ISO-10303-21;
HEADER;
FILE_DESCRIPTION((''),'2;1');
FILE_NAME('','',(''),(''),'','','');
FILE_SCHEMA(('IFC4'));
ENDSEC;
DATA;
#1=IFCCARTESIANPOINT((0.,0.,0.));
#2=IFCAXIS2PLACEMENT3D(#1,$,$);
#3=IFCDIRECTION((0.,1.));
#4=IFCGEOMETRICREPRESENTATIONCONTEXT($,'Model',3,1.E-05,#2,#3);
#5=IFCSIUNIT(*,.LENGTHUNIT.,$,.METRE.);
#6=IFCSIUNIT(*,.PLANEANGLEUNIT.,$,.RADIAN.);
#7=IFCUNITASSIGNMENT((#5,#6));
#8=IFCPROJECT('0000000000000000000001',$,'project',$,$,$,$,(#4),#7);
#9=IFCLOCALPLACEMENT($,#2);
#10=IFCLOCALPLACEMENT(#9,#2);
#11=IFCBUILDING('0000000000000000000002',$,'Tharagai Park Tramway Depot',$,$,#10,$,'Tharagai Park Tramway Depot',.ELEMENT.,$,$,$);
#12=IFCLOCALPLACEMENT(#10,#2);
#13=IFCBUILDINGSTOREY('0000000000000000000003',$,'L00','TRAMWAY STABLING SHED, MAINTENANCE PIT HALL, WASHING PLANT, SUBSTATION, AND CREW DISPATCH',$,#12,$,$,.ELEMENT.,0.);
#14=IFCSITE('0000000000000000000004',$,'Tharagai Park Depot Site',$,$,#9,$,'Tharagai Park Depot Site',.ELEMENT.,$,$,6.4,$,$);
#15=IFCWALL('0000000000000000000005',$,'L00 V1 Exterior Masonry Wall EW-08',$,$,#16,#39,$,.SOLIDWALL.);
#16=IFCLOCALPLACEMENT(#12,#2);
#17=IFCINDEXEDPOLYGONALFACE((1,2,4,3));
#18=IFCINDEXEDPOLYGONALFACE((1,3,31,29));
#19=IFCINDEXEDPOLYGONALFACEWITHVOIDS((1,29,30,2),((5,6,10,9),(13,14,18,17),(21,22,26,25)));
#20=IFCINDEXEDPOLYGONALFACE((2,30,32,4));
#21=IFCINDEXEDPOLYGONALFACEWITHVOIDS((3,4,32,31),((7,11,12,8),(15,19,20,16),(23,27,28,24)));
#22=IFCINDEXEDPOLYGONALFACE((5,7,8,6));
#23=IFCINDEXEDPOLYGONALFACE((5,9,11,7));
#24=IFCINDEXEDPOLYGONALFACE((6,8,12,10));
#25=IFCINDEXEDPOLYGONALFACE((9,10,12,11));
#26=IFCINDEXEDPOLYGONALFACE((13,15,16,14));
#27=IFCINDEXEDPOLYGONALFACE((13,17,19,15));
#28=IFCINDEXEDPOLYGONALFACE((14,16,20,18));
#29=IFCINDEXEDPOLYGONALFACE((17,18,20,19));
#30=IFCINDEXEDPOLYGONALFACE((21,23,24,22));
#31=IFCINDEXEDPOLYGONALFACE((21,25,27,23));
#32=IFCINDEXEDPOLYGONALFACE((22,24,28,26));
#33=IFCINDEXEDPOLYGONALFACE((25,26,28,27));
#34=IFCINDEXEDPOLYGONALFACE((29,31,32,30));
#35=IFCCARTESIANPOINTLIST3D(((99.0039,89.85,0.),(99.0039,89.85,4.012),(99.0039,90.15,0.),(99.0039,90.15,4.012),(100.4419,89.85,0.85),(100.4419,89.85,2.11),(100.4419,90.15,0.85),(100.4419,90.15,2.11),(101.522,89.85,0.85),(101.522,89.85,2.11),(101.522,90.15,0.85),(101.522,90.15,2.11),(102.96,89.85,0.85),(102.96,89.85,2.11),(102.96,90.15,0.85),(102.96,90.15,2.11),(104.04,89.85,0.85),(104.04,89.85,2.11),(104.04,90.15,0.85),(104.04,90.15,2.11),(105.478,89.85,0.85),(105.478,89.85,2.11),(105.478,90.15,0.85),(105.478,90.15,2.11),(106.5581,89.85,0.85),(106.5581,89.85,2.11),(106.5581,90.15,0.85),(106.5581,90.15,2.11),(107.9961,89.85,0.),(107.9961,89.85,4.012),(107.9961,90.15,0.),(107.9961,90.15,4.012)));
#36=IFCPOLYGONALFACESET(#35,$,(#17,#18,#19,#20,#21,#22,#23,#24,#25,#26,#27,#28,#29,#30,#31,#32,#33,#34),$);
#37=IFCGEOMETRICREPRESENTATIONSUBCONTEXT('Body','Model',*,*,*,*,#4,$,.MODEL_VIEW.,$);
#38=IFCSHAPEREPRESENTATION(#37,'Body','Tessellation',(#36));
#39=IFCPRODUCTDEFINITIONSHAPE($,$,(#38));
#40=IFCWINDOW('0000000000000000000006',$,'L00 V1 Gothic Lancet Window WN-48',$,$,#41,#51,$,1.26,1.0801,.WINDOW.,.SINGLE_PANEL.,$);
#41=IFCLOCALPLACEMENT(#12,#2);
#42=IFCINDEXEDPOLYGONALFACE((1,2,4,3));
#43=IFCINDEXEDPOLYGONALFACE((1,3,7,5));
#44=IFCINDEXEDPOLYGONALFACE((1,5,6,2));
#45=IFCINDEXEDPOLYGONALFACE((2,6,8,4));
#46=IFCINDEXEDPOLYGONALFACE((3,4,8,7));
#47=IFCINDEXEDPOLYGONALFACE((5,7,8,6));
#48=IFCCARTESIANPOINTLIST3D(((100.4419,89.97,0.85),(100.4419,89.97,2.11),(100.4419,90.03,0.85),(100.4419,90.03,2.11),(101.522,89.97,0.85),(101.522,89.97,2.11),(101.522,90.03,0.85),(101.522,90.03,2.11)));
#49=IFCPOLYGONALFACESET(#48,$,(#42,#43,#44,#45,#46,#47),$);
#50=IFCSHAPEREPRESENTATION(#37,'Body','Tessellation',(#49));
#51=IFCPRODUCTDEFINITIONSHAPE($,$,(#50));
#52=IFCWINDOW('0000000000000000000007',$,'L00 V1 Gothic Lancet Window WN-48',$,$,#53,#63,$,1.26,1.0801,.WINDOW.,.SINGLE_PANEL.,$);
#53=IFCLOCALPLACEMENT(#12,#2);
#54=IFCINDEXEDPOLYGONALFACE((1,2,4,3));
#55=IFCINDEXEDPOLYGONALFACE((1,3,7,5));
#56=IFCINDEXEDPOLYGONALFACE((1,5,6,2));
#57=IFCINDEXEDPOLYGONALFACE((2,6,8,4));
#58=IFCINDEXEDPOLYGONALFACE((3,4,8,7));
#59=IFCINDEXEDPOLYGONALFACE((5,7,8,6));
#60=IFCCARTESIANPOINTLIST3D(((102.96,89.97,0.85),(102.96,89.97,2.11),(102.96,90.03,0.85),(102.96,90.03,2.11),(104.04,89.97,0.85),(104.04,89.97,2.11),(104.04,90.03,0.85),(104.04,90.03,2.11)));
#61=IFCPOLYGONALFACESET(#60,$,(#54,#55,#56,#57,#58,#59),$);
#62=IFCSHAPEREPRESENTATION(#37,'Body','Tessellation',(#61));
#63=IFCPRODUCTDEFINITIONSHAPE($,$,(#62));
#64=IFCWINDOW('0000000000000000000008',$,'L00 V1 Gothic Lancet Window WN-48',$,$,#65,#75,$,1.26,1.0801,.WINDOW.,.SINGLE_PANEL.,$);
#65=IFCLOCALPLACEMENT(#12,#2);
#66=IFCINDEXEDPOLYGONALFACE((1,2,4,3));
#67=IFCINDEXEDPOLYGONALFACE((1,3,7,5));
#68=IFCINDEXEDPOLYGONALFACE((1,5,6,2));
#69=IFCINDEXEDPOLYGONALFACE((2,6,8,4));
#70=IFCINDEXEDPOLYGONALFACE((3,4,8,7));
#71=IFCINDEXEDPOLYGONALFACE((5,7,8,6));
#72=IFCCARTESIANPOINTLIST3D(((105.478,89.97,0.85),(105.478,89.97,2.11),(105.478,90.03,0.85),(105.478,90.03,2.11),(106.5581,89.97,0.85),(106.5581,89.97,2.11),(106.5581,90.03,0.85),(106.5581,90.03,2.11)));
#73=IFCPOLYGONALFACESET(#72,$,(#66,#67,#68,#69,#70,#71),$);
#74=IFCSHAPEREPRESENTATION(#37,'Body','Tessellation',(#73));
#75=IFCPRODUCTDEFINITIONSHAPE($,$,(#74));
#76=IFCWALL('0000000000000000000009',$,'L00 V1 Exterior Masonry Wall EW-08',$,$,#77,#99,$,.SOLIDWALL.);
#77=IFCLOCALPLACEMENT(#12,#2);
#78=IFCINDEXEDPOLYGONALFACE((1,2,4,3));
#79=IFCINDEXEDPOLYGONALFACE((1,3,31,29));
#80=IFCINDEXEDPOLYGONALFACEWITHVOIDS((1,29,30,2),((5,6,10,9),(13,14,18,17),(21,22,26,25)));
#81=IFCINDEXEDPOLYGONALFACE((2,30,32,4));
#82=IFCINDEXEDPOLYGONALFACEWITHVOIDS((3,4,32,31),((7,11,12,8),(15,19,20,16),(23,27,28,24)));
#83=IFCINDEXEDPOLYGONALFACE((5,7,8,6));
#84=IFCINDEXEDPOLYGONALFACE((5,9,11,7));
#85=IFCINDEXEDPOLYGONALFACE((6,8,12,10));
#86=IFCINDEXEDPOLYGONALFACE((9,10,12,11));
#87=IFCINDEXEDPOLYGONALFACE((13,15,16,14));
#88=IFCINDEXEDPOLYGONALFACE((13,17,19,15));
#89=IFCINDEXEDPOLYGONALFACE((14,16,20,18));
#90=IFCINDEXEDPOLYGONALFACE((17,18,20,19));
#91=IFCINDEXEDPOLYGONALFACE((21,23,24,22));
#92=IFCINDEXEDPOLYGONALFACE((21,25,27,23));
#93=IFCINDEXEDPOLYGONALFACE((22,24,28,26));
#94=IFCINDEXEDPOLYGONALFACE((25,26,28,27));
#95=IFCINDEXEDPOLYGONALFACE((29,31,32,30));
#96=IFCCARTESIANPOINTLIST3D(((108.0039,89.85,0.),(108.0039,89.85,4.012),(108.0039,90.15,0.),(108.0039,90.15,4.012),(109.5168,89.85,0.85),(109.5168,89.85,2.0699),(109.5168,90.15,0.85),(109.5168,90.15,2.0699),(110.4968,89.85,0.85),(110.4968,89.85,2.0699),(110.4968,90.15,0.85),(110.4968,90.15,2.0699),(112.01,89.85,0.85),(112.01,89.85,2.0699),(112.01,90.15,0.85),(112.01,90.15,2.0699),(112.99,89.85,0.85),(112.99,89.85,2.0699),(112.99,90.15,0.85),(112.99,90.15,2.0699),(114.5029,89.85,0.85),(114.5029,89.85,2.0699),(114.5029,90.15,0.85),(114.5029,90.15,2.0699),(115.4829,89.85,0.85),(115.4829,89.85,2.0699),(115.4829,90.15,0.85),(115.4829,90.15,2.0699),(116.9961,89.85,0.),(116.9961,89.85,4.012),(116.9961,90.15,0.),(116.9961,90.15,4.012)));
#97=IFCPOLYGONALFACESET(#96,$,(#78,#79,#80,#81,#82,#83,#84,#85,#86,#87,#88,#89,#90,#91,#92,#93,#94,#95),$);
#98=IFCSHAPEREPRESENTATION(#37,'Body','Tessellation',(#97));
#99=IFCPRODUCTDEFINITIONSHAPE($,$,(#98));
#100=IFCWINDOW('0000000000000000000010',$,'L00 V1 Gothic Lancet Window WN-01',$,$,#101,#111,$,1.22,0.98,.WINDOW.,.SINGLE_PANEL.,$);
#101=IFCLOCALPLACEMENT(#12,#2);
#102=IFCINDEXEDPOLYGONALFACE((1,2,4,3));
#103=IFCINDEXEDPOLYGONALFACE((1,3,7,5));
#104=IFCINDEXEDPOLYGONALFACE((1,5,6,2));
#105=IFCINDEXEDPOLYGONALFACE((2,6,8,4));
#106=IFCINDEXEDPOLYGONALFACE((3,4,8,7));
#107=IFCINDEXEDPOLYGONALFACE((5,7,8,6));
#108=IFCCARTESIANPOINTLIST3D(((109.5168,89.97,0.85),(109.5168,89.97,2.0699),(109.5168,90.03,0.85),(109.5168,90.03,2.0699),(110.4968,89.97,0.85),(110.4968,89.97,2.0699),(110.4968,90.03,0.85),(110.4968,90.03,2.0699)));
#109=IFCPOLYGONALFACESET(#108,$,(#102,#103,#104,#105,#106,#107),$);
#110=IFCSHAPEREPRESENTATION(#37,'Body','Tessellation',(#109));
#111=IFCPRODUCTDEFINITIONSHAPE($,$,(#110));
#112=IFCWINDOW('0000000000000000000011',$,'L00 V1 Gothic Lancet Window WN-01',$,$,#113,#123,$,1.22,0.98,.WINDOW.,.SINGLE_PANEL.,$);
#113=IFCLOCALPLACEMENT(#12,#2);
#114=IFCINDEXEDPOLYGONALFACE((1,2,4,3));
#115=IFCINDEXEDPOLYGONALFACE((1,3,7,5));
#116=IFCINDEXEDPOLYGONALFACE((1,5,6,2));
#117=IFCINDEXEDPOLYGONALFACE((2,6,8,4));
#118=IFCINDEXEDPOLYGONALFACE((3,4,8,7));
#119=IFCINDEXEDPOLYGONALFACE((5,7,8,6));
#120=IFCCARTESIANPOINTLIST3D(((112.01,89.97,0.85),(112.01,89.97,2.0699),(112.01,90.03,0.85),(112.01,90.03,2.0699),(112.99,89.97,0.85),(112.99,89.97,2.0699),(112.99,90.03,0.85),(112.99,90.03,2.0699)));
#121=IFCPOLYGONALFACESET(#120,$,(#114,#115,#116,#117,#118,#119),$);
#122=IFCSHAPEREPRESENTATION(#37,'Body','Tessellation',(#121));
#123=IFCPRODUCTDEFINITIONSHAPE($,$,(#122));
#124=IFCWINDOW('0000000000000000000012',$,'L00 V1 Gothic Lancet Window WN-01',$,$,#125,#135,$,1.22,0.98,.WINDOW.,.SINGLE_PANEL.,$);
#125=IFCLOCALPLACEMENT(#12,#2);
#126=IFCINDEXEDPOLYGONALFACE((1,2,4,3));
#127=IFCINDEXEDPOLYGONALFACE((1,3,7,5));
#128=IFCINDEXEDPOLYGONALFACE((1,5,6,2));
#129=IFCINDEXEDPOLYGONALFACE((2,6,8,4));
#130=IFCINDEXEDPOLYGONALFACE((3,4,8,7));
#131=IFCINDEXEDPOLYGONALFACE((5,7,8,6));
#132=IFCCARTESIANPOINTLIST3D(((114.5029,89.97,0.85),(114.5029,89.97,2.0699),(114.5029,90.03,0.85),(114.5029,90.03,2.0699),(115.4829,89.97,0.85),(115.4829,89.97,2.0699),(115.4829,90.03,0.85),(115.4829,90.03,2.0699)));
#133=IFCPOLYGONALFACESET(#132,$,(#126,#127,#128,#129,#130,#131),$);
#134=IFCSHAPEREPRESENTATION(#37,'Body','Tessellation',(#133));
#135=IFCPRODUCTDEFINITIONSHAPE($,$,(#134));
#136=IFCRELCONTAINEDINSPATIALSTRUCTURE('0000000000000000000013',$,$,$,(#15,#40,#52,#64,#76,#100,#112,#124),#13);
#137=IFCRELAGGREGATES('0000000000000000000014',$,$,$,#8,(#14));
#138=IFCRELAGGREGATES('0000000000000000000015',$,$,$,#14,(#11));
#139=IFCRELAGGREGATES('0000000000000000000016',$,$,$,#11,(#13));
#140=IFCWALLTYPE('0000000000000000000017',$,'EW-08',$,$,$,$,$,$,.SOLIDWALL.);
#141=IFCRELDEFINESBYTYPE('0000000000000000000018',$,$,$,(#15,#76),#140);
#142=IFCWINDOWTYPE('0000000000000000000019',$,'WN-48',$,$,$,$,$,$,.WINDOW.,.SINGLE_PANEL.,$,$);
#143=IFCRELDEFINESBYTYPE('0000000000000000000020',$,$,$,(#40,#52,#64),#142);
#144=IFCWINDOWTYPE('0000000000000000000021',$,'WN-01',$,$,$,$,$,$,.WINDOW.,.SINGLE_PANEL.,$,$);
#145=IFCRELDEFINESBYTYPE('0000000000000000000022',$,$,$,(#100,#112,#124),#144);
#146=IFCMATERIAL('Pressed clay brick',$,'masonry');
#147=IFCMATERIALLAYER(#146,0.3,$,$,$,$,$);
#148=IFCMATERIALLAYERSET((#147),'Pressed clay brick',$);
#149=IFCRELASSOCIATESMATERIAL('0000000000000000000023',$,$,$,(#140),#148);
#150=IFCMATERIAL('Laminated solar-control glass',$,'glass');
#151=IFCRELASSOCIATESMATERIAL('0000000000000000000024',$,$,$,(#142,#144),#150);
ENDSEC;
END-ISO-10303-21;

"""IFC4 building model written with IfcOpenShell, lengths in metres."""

from ifc_helpers import new_model, si_unit, direction, frame, frame_2d, origin, place, context, subcontext, project, spatial, rectangle, extrude, material, layer, layer_set, type_object, element, fill, save


model = new_model("IFC4")

# Units and contexts
model_context = context("Model", 3, precision=1e-05, world=origin(), true_north=direction((0.0, 1.0)))
body_context = subcontext(model_context, "Body", "Model", "MODEL_VIEW")
ifc_project = project(units=[si_unit("LENGTHUNIT", "METRE"), si_unit("PLANEANGLEUNIT", "RADIAN")], contexts=[model_context])

# Site, building, storey
site_placement = place(None, origin())
site = spatial("IfcSite", under=ifc_project, at=site_placement, Name="Tharagai Park Depot Site", LongName="Tharagai Park Depot Site", CompositionType="ELEMENT", RefElevation=6.4)
building_placement = place(site_placement, origin())
building = spatial("IfcBuilding", under=site, at=building_placement, Name="Tharagai Park Tramway Depot", LongName="Tharagai Park Tramway Depot", CompositionType="ELEMENT")
storey_placement = place(building_placement, origin())
storey = spatial("IfcBuildingStorey", under=building, at=storey_placement, Name="L00", Description="TRAMWAY STABLING SHED, MAINTENANCE PIT HALL, WASHING PLANT, SUBSTATION, AND CREW DISPATCH", CompositionType="ELEMENT", Elevation=0.0)

# Walls, openings, windows
ifc_material_1 = material(Name="Pressed clay brick", Category="masonry")
ifc_layer = layer(ifc_material_1, 0.3)
ifc_layer_set = layer_set([ifc_layer], Name="Pressed clay brick")
wall_type = type_object("IfcWallType", Name="EW-08", PredefinedType="SOLIDWALL", material=ifc_layer_set)
wall_1_placement = place(storey_placement, frame((99.0039, 90.0, 0.0), z_axis=(0.0, 0.0, 1.0), x_axis=(1.0, 0.0, 0.0)))
wall_1 = element("IfcWall", 1, at=wall_1_placement, inside=storey, type_object=wall_type, Name="L00 V1 Exterior Masonry Wall EW-08", PredefinedType="SOLIDWALL", context=body_context, shape_type="SweptSolid", body=[
    extrude(rectangle(XDim=8.9922, YDim=0.3, at=frame_2d((4.4961, 0.0))), origin(), (0.0, 0.0, 1.0), 4.012),
])
opening_1_placement = place(wall_1_placement, frame((1.438, 0.0, 0.8501)))
opening_1 = element("IfcOpeningElement", 2, at=opening_1_placement, cuts=wall_1, PredefinedType="OPENING", context=body_context, shape_type="SweptSolid", body=[
    extrude(rectangle(XDim=1.0801, YDim=1.26, at=frame_2d((0.54, 0.6299))), frame((0.0, 0.1599, 0.0), z_axis=(0.0, -1.0, 0.0), x_axis=(1.0, 0.0, 0.0)), (0.0, 0.0, 1.0), 0.3201),
])
opening_2_placement = place(wall_1_placement, frame((3.9561, 0.0, 0.8501)))
opening_2 = element("IfcOpeningElement", 3, at=opening_2_placement, cuts=wall_1, PredefinedType="OPENING", context=body_context, shape_type="SweptSolid", body=[
    extrude(rectangle(XDim=1.0801, YDim=1.26, at=frame_2d((0.54, 0.6299))), frame((0.0, 0.1599, 0.0), z_axis=(0.0, -1.0, 0.0), x_axis=(1.0, 0.0, 0.0)), (0.0, 0.0, 1.0), 0.3201),
])
opening_3_placement = place(wall_1_placement, frame((6.4741, 0.0, 0.8501)))
opening_3 = element("IfcOpeningElement", 4, at=opening_3_placement, cuts=wall_1, PredefinedType="OPENING", context=body_context, shape_type="SweptSolid", body=[
    extrude(rectangle(XDim=1.0801, YDim=1.26, at=frame_2d((0.54, 0.6299))), frame((0.0, 0.1599, 0.0), z_axis=(0.0, -1.0, 0.0), x_axis=(1.0, 0.0, 0.0)), (0.0, 0.0, 1.0), 0.3201),
])
ifc_material_2 = material(Name="Laminated solar-control glass", Category="glass")
window_type_1 = type_object("IfcWindowType", Name="WN-48", PartitioningType="SINGLE_PANEL", PredefinedType="WINDOW", material=ifc_material_2)
window_1_placement = place(opening_1_placement, origin())
window_1 = element("IfcWindow", 5, at=window_1_placement, inside=storey, type_object=window_type_1, Name="L00 V1 Gothic Lancet Window WN-48", OverallHeight=1.26, OverallWidth=1.0801, PartitioningType="SINGLE_PANEL", PredefinedType="WINDOW", context=body_context, shape_type="SweptSolid", body=[
    extrude(rectangle(XDim=1.0801, YDim=1.26, at=frame_2d((0.54, 0.6299))), frame((0.0, 0.03, 0.0), z_axis=(0.0, -1.0, 0.0), x_axis=(1.0, 0.0, 0.0)), (0.0, 0.0, 1.0), 0.0601),
])
fill(opening_1, window_1)
window_2_placement = place(opening_2_placement, origin())
window_2 = element("IfcWindow", 6, at=window_2_placement, inside=storey, type_object=window_type_1, Name="L00 V1 Gothic Lancet Window WN-48", OverallHeight=1.26, OverallWidth=1.0801, PartitioningType="SINGLE_PANEL", PredefinedType="WINDOW", context=body_context, shape_type="SweptSolid", body=[
    extrude(rectangle(XDim=1.0801, YDim=1.26, at=frame_2d((0.54, 0.6299))), frame((0.0, 0.03, 0.0), z_axis=(0.0, -1.0, 0.0), x_axis=(1.0, 0.0, 0.0)), (0.0, 0.0, 1.0), 0.0601),
])
fill(opening_2, window_2)
window_3_placement = place(opening_3_placement, origin())
window_3 = element("IfcWindow", 7, at=window_3_placement, inside=storey, type_object=window_type_1, Name="L00 V1 Gothic Lancet Window WN-48", OverallHeight=1.26, OverallWidth=1.0801, PartitioningType="SINGLE_PANEL", PredefinedType="WINDOW", context=body_context, shape_type="SweptSolid", body=[
    extrude(rectangle(XDim=1.0801, YDim=1.26, at=frame_2d((0.54, 0.6299))), frame((0.0, 0.03, 0.0), z_axis=(0.0, -1.0, 0.0), x_axis=(1.0, 0.0, 0.0)), (0.0, 0.0, 1.0), 0.0601),
])
fill(opening_3, window_3)
wall_2_placement = place(storey_placement, frame((108.0039, 90.0, 0.0), z_axis=(0.0, 0.0, 1.0), x_axis=(1.0, 0.0, 0.0)))
wall_2 = element("IfcWall", 8, at=wall_2_placement, inside=storey, type_object=wall_type, Name="L00 V1 Exterior Masonry Wall EW-08", PredefinedType="SOLIDWALL", context=body_context, shape_type="SweptSolid", body=[
    extrude(rectangle(XDim=8.9922, YDim=0.3, at=frame_2d((4.4961, 0.0))), origin(), (0.0, 0.0, 1.0), 4.012),
])
opening_4_placement = place(wall_2_placement, frame((1.5129, 0.0, 0.8501)))
opening_4 = element("IfcOpeningElement", 9, at=opening_4_placement, cuts=wall_2, PredefinedType="OPENING", context=body_context, shape_type="SweptSolid", body=[
    extrude(rectangle(XDim=0.98, YDim=1.22, at=frame_2d((0.49, 0.6099))), frame((0.0, 0.1599, 0.0), z_axis=(0.0, -1.0, 0.0), x_axis=(1.0, 0.0, 0.0)), (0.0, 0.0, 1.0), 0.3201),
])
opening_5_placement = place(wall_2_placement, frame((4.0061, 0.0, 0.8501)))
opening_5 = element("IfcOpeningElement", 10, at=opening_5_placement, cuts=wall_2, PredefinedType="OPENING", context=body_context, shape_type="SweptSolid", body=[
    extrude(rectangle(XDim=0.98, YDim=1.22, at=frame_2d((0.49, 0.6099))), frame((0.0, 0.1599, 0.0), z_axis=(0.0, -1.0, 0.0), x_axis=(1.0, 0.0, 0.0)), (0.0, 0.0, 1.0), 0.3201),
])
opening_6_placement = place(wall_2_placement, frame((6.499, 0.0, 0.8501)))
opening_6 = element("IfcOpeningElement", 11, at=opening_6_placement, cuts=wall_2, PredefinedType="OPENING", context=body_context, shape_type="SweptSolid", body=[
    extrude(rectangle(XDim=0.98, YDim=1.22, at=frame_2d((0.49, 0.6099))), frame((0.0, 0.1599, 0.0), z_axis=(0.0, -1.0, 0.0), x_axis=(1.0, 0.0, 0.0)), (0.0, 0.0, 1.0), 0.3201),
])
window_type_2 = type_object("IfcWindowType", Name="WN-01", PartitioningType="SINGLE_PANEL", PredefinedType="WINDOW", material=ifc_material_2)
window_4_placement = place(opening_4_placement, origin())
window_4 = element("IfcWindow", 12, at=window_4_placement, inside=storey, type_object=window_type_2, Name="L00 V1 Gothic Lancet Window WN-01", OverallHeight=1.22, OverallWidth=0.98, PartitioningType="SINGLE_PANEL", PredefinedType="WINDOW", context=body_context, shape_type="SweptSolid", body=[
    extrude(rectangle(XDim=0.98, YDim=1.22, at=frame_2d((0.49, 0.6099))), frame((0.0, 0.03, 0.0), z_axis=(0.0, -1.0, 0.0), x_axis=(1.0, 0.0, 0.0)), (0.0, 0.0, 1.0), 0.0601),
])
fill(opening_4, window_4)
window_5_placement = place(opening_5_placement, origin())
window_5 = element("IfcWindow", 13, at=window_5_placement, inside=storey, type_object=window_type_2, Name="L00 V1 Gothic Lancet Window WN-01", OverallHeight=1.22, OverallWidth=0.98, PartitioningType="SINGLE_PANEL", PredefinedType="WINDOW", context=body_context, shape_type="SweptSolid", body=[
    extrude(rectangle(XDim=0.98, YDim=1.22, at=frame_2d((0.49, 0.6099))), frame((0.0, 0.03, 0.0), z_axis=(0.0, -1.0, 0.0), x_axis=(1.0, 0.0, 0.0)), (0.0, 0.0, 1.0), 0.0601),
])
fill(opening_5, window_5)
window_6_placement = place(opening_6_placement, origin())
window_6 = element("IfcWindow", 14, at=window_6_placement, inside=storey, type_object=window_type_2, Name="L00 V1 Gothic Lancet Window WN-01", OverallHeight=1.22, OverallWidth=0.98, PartitioningType="SINGLE_PANEL", PredefinedType="WINDOW", context=body_context, shape_type="SweptSolid", body=[
    extrude(rectangle(XDim=0.98, YDim=1.22, at=frame_2d((0.49, 0.6099))), frame((0.0, 0.03, 0.0), z_axis=(0.0, -1.0, 0.0), x_axis=(1.0, 0.0, 0.0)), (0.0, 0.0, 1.0), 0.0601),
])
fill(opening_6, window_6)

save(model, "model.ifc")
